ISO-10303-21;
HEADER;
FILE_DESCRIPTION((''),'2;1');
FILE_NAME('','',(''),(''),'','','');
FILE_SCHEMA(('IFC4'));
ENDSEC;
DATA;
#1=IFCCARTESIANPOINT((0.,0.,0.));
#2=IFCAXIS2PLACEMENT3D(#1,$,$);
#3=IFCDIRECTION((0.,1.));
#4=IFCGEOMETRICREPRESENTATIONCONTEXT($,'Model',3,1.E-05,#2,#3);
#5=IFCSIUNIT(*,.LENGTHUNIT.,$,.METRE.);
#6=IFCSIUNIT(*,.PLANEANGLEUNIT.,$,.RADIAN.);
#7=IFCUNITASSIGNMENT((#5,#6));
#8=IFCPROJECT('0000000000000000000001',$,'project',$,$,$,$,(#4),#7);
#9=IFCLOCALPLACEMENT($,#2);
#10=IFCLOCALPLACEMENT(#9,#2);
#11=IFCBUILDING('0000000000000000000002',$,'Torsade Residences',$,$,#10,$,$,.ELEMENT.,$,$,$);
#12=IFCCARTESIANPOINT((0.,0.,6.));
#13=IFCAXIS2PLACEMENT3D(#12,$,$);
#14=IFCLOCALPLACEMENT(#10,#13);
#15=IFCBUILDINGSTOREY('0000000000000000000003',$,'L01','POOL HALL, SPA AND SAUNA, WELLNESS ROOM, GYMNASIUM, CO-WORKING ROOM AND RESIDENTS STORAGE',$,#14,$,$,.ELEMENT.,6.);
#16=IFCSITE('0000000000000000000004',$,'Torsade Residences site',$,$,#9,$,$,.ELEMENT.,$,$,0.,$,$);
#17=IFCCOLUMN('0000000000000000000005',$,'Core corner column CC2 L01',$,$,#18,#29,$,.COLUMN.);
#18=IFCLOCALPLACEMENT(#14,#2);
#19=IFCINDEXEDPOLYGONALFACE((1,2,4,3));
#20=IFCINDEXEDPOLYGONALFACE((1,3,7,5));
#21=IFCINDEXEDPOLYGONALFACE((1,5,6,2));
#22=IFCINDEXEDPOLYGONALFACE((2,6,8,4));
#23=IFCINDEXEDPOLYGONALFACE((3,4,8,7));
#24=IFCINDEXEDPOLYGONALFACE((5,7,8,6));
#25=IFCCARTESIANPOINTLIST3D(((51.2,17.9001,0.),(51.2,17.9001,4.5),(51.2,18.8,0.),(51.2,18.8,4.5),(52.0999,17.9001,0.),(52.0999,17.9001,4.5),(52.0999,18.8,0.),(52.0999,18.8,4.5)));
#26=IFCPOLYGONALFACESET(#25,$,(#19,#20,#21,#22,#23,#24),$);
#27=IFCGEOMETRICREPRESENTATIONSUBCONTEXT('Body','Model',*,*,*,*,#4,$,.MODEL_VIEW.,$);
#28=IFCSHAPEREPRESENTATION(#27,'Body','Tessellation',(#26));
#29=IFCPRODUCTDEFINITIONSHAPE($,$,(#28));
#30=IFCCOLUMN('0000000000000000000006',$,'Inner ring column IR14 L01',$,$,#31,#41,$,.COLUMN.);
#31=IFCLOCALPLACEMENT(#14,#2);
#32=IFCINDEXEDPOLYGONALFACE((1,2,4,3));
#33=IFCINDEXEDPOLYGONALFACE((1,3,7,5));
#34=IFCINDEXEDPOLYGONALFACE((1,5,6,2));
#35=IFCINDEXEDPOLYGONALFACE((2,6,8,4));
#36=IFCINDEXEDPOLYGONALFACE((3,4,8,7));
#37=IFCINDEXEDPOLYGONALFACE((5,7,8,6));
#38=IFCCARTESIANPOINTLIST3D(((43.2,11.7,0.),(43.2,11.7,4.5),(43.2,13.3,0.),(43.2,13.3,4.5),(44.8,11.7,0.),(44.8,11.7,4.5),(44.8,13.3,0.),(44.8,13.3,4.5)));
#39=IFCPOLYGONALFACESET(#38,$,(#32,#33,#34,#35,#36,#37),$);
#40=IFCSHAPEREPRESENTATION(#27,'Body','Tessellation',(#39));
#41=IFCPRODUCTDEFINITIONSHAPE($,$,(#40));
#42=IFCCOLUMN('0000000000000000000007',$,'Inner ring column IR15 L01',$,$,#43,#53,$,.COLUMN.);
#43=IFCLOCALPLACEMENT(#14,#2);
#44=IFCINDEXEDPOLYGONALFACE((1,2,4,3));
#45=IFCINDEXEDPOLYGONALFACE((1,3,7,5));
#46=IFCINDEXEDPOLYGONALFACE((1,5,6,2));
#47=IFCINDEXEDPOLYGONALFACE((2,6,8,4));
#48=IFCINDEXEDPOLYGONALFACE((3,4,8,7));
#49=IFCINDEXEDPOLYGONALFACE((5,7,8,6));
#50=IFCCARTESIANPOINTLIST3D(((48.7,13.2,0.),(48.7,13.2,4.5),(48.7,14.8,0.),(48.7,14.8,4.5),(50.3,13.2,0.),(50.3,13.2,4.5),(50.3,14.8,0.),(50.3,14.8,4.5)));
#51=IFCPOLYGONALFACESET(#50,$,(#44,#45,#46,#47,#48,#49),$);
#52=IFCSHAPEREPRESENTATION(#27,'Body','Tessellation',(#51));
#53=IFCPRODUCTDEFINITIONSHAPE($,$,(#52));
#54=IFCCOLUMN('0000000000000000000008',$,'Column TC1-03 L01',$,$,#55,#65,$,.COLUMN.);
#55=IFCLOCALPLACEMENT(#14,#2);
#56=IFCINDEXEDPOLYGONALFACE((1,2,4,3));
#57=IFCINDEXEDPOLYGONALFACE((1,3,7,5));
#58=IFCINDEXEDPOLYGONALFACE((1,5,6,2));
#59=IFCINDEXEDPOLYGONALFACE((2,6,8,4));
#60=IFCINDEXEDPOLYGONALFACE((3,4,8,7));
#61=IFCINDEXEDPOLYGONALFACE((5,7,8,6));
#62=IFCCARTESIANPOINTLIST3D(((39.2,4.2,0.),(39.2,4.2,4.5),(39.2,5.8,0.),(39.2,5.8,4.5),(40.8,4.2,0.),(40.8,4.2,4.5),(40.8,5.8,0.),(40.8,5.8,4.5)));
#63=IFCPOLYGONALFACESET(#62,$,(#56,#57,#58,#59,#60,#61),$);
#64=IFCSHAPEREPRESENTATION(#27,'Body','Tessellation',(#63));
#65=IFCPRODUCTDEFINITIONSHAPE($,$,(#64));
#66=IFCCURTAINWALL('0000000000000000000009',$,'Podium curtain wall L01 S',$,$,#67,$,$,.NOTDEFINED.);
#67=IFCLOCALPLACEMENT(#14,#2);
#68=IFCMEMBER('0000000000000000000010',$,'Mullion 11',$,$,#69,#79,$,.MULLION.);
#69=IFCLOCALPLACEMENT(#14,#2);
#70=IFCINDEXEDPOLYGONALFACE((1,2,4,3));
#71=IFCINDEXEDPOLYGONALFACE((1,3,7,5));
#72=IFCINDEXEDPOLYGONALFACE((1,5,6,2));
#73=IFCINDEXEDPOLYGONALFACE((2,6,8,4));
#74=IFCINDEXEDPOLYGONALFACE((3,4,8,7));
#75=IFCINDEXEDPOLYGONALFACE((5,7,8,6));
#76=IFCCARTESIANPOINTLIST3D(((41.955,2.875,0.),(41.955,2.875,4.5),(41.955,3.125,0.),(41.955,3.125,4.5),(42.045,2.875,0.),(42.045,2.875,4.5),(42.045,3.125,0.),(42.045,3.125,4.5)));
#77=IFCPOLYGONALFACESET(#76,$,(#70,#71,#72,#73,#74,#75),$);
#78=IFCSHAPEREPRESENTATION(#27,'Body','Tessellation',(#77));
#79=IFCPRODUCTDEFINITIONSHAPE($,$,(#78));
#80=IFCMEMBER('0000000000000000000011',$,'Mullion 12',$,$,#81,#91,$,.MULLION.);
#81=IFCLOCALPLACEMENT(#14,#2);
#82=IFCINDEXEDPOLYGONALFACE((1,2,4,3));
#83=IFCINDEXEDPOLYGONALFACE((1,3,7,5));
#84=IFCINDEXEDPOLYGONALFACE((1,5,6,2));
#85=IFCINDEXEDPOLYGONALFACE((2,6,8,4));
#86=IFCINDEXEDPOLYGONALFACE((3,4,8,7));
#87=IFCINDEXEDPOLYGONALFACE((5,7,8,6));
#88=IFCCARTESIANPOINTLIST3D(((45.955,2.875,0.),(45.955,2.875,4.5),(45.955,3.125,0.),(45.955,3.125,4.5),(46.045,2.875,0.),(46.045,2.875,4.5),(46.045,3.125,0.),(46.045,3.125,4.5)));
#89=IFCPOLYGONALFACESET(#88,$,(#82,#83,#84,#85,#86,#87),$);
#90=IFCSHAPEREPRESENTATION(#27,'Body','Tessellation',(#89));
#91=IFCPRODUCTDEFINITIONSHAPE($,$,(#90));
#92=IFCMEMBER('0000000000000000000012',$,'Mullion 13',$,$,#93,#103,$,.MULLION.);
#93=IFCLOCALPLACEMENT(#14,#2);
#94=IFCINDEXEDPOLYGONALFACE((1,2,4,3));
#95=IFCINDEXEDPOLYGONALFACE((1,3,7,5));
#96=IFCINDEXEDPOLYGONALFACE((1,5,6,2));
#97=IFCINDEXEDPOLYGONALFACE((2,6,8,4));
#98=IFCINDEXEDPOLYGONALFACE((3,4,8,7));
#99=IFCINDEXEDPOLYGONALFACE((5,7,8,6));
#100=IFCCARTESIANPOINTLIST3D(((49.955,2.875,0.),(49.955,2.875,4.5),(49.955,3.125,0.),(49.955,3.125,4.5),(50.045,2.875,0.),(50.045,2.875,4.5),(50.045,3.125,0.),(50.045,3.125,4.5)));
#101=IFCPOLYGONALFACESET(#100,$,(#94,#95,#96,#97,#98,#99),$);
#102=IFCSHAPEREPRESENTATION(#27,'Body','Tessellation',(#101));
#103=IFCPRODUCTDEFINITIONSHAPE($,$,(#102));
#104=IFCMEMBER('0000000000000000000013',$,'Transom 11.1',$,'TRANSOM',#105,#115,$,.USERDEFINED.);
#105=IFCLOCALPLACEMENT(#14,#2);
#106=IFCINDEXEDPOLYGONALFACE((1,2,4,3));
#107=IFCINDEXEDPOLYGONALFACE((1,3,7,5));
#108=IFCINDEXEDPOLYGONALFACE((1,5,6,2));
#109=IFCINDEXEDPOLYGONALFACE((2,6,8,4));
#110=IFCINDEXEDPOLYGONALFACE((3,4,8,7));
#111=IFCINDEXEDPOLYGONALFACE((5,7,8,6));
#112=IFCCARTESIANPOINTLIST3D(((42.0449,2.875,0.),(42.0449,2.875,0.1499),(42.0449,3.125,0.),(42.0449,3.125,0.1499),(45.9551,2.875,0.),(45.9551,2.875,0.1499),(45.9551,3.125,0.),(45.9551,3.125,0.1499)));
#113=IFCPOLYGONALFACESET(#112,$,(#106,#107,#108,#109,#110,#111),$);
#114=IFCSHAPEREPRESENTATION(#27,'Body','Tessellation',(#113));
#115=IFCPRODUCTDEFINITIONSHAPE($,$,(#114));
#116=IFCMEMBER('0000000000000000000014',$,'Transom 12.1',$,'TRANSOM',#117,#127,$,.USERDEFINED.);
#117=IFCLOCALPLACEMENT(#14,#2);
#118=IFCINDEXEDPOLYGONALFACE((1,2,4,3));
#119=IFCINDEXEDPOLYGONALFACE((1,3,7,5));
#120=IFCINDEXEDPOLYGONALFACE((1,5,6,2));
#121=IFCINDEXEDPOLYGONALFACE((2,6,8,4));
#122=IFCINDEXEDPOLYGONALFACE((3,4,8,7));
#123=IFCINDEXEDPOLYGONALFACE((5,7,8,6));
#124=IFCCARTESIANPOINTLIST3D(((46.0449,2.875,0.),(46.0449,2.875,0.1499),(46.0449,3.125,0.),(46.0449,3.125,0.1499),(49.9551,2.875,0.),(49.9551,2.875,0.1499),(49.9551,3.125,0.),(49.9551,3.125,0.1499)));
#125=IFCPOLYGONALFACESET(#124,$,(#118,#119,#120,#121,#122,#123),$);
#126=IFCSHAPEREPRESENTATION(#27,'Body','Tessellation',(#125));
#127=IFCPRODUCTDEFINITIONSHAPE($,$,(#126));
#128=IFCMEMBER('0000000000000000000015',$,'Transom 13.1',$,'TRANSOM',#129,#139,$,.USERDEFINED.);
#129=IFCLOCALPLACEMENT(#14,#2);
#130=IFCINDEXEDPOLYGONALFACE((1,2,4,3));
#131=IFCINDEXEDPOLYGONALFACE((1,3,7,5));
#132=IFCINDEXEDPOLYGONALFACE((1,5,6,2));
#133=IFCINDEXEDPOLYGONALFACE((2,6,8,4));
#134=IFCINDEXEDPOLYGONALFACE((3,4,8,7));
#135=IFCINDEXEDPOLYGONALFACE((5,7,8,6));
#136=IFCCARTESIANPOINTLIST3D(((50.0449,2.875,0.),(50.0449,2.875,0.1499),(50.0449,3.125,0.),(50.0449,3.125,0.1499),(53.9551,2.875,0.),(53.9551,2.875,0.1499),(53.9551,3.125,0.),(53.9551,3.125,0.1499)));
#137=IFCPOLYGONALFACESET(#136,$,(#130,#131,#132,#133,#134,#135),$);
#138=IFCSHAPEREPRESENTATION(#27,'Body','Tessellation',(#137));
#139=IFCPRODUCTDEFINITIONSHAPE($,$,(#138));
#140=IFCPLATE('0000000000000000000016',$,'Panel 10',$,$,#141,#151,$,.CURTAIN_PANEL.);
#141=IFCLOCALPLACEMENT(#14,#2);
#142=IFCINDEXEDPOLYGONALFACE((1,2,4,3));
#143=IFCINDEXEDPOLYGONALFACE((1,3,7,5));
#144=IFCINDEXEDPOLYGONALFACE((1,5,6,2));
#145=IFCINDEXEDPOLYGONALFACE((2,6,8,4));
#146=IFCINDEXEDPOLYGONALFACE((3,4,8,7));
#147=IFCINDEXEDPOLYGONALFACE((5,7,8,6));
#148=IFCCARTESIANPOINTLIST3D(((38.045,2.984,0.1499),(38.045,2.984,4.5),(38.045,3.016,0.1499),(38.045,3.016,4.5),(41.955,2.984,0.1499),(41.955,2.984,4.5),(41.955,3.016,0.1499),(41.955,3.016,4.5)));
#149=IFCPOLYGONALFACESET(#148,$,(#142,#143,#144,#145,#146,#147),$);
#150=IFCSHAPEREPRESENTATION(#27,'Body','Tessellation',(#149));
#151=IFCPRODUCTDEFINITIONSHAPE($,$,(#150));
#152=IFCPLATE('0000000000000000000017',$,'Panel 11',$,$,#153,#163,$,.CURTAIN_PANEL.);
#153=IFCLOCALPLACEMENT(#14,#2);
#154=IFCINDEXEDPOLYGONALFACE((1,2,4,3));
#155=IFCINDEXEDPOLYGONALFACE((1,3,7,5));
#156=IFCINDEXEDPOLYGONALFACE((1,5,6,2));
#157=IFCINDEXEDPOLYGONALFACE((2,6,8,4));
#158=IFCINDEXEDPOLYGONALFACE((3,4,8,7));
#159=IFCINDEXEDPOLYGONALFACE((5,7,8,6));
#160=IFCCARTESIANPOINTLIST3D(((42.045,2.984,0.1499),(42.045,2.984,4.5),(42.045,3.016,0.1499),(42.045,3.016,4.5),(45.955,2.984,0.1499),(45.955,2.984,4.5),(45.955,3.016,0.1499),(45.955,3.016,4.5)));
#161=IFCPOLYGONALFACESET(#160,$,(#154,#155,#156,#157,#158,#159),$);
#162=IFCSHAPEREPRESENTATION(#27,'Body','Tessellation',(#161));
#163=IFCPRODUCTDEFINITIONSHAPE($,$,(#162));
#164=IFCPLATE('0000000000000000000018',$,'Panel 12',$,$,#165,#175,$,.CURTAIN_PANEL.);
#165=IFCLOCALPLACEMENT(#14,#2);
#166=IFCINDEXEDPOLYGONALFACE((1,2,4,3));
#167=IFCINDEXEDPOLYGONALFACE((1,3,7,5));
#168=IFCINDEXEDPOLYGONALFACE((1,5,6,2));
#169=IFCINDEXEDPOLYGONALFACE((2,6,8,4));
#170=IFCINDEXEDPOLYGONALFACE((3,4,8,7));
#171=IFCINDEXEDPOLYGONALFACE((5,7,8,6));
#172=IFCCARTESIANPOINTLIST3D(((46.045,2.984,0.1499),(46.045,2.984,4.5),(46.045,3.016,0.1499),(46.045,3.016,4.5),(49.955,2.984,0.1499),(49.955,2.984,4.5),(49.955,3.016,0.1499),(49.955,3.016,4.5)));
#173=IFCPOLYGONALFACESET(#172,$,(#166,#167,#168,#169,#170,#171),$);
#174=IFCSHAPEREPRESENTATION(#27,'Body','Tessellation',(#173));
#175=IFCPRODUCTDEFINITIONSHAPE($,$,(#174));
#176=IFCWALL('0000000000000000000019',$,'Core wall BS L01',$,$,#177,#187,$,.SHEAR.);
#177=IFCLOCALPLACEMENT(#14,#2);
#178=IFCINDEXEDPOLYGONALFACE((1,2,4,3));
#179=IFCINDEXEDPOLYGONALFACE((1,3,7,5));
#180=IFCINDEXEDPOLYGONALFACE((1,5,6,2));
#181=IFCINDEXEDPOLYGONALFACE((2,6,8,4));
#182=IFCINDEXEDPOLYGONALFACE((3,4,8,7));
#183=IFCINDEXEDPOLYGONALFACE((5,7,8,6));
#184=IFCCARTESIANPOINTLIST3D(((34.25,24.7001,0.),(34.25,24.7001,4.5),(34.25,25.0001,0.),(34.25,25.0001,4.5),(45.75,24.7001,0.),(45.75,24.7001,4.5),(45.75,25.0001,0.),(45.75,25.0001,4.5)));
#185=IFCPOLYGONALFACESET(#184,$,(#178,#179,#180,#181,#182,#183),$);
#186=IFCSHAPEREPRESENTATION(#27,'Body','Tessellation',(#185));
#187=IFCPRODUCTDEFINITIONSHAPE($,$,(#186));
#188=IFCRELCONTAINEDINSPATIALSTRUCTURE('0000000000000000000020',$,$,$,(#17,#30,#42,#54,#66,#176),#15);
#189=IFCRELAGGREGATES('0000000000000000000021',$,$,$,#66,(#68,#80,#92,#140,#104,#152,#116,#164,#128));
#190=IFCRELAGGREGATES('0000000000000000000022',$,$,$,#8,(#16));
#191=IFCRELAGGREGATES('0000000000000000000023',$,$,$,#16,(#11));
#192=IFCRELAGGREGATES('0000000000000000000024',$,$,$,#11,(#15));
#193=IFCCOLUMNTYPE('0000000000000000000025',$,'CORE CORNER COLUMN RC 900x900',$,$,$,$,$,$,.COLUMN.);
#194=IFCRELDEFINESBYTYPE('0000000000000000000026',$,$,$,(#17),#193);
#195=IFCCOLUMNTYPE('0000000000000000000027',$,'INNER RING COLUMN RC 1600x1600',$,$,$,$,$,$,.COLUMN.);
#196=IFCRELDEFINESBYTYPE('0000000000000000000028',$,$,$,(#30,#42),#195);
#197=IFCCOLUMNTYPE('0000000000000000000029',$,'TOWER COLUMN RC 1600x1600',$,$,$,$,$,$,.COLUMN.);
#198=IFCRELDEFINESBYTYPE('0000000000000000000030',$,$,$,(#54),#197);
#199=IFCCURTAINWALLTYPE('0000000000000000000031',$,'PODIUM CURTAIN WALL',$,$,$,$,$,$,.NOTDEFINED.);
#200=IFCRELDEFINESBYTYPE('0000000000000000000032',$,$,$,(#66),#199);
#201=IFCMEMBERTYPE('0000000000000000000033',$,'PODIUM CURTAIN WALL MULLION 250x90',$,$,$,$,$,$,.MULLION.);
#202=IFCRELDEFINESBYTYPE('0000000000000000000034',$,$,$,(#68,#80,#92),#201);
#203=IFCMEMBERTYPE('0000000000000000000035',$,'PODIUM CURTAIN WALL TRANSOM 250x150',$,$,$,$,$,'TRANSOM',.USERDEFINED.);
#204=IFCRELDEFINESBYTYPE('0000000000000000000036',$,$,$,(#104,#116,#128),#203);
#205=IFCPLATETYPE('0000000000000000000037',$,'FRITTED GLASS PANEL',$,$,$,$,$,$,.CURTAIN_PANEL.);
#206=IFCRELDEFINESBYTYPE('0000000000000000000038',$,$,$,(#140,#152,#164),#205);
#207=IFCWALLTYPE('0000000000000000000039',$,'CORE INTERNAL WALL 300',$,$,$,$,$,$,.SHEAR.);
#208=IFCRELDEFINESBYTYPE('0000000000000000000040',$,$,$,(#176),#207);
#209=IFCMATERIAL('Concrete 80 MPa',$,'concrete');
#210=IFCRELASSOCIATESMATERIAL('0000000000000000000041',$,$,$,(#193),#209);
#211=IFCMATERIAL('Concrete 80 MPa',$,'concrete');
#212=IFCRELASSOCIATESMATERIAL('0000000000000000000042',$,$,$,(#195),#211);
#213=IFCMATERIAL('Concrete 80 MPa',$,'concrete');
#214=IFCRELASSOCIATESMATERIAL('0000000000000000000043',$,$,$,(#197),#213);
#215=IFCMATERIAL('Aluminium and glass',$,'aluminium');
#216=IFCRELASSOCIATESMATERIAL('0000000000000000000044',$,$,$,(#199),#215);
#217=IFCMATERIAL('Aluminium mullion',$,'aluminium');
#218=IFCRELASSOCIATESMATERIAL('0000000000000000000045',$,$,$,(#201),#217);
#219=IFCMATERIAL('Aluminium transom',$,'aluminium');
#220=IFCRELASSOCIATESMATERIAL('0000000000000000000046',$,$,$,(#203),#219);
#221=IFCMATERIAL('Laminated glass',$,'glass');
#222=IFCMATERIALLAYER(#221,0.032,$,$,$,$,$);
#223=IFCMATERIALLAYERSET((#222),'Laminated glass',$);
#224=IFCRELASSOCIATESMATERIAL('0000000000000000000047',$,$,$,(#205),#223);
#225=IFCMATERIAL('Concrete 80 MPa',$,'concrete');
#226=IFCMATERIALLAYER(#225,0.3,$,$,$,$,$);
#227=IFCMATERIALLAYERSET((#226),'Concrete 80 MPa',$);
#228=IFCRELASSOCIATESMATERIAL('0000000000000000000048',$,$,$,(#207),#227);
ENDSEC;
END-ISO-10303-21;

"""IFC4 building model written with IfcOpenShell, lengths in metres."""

from ifc_helpers import new_model, si_unit, direction, frame, frame_2d, origin, origin_2d, place, context, subcontext, project, spatial, rectangle, extrude, material, layer, layer_set, material_profile, profile_set, type_object, element, aggregate, save


model = new_model("IFC4")

# Units and contexts
model_context = context("Model", 3, precision=1e-05, world=origin(), true_north=direction((0.0, 1.0)))
body_context = subcontext(model_context, "Body", "Model", "MODEL_VIEW")
ifc_project = project(units=[si_unit("LENGTHUNIT", "METRE"), si_unit("PLANEANGLEUNIT", "RADIAN")], contexts=[model_context])

# Site, building, storey
site_placement = place(None, origin())
site = spatial("IfcSite", under=ifc_project, at=site_placement, Name="Torsade Residences site", CompositionType="ELEMENT", RefElevation=0.0)
building_placement = place(site_placement, origin())
building = spatial("IfcBuilding", under=site, at=building_placement, Name="Torsade Residences", CompositionType="ELEMENT")
storey_placement = place(building_placement, frame((0.0, 0.0, 6.0)))
storey = spatial("IfcBuildingStorey", under=building, at=storey_placement, Name="L01", Description="POOL HALL, SPA AND SAUNA, WELLNESS ROOM, GYMNASIUM, CO-WORKING ROOM AND RESIDENTS STORAGE", CompositionType="ELEMENT", Elevation=6.0)

# Columns
ifc_material_1 = material(Name="Concrete 80 MPa", Category="concrete")
ifc_material_profile_1 = material_profile(ifc_material_1, rectangle(XDim=0.8999, YDim=0.8999, at=origin_2d()), Name="RC 900x900")
ifc_profile_set_1 = profile_set([ifc_material_profile_1], Name="Concrete 80 MPa")
column_type_1 = type_object("IfcColumnType", Name="CORE CORNER COLUMN RC 900x900", PredefinedType="COLUMN", material=ifc_profile_set_1)
column_1_placement = place(storey_placement, frame((51.6499, 18.3501, 0.0), z_axis=(0.0, 0.0, 1.0), x_axis=(1.0, 0.0, 0.0)))
element("IfcColumn", 1, at=column_1_placement, inside=storey, type_object=column_type_1, Name="Core corner column CC2 L01", PredefinedType="COLUMN", context=body_context, shape_type="SweptSolid", body=[
    extrude(rectangle(XDim=0.8999, YDim=0.8999, at=origin_2d()), origin(), (0.0, 0.0, 1.0), 4.5),
])
ifc_material_2 = material(Name="Concrete 80 MPa", Category="concrete")
ifc_material_profile_2 = material_profile(ifc_material_2, rectangle(XDim=1.6001, YDim=1.6001, at=origin_2d()), Name="RC 1600x1600")
ifc_profile_set_2 = profile_set([ifc_material_profile_2], Name="Concrete 80 MPa")
column_type_2 = type_object("IfcColumnType", Name="INNER RING COLUMN RC 1600x1600", PredefinedType="COLUMN", material=ifc_profile_set_2)
for number, where, z_axis, x_axis, name in (
    (2, (44.0, 12.5, 0.0), (0.0, 0.0, 1.0), (1.0, 0.0, 0.0), "Inner ring column IR14 L01"),
    (3, (49.5, 14.0, 0.0), (0.0, 0.0, 1.0), (1.0, 0.0, 0.0), "Inner ring column IR15 L01"),
):
    element("IfcColumn", number, at=place(storey_placement, frame(where, z_axis=z_axis, x_axis=x_axis)), inside=storey, type_object=column_type_2, Name=name, PredefinedType="COLUMN", context=body_context, shape_type="SweptSolid", body=[
        extrude(rectangle(XDim=1.6001, YDim=1.6001, at=origin_2d()), origin(), (0.0, 0.0, 1.0), 4.5),
    ])
ifc_material_3 = material(Name="Concrete 80 MPa", Category="concrete")
ifc_material_profile_3 = material_profile(ifc_material_3, rectangle(XDim=1.6001, YDim=1.6001, at=origin_2d()), Name="RC 1600x1600")
ifc_profile_set_3 = profile_set([ifc_material_profile_3], Name="Concrete 80 MPa")
column_type_3 = type_object("IfcColumnType", Name="TOWER COLUMN RC 1600x1600", PredefinedType="COLUMN", material=ifc_profile_set_3)
column_2_placement = place(storey_placement, frame((40.0, 5.0, 0.0), z_axis=(0.0, 0.0, 1.0), x_axis=(1.0, 0.0, 0.0)))
element("IfcColumn", 4, at=column_2_placement, inside=storey, type_object=column_type_3, Name="Column TC1-03 L01", PredefinedType="COLUMN", context=body_context, shape_type="SweptSolid", body=[
    extrude(rectangle(XDim=1.6001, YDim=1.6001, at=origin_2d()), origin(), (0.0, 0.0, 1.0), 4.5),
])

# Curtain wall, members, plates
ifc_material_4 = material(Name="Aluminium and glass", Category="aluminium")
curtain_wall_type = type_object("IfcCurtainWallType", Name="PODIUM CURTAIN WALL", PredefinedType="NOTDEFINED", material=ifc_material_4)
curtain_wall_placement = place(storey_placement, origin())
curtain_wall = element("IfcCurtainWall", 5, at=curtain_wall_placement, inside=storey, type_object=curtain_wall_type, Name="Podium curtain wall L01 S", PredefinedType="NOTDEFINED")
ifc_material_5 = material(Name="Aluminium mullion", Category="aluminium")
ifc_material_profile_4 = material_profile(ifc_material_5, rectangle(XDim=0.25, YDim=0.0901, at=origin_2d()), Name="PODIUM CURTAIN WALL MULLION 250x90")
ifc_profile_set_4 = profile_set([ifc_material_profile_4], Name="Aluminium mullion")
member_type_1 = type_object("IfcMemberType", Name="PODIUM CURTAIN WALL MULLION 250x90", PredefinedType="MULLION", material=ifc_profile_set_4)
member_1_placement = place(storey_placement, frame((42.0, 3.0, 0.0), z_axis=(0.0, 0.0, 1.0), x_axis=(0.0, 1.0, 0.0)))
member_1 = element("IfcMember", 6, at=member_1_placement, type_object=member_type_1, Name="Mullion 11", PredefinedType="MULLION", context=body_context, shape_type="SweptSolid", body=[
    extrude(rectangle(XDim=0.25, YDim=0.0901, at=origin_2d()), origin(), (0.0, 0.0, 1.0), 4.5),
])
member_2_placement = place(storey_placement, frame((46.0, 3.0, 0.0), z_axis=(0.0, 0.0, 1.0), x_axis=(0.0, 1.0, 0.0)))
member_2 = element("IfcMember", 7, at=member_2_placement, type_object=member_type_1, Name="Mullion 12", PredefinedType="MULLION", context=body_context, shape_type="SweptSolid", body=[
    extrude(rectangle(XDim=0.25, YDim=0.0901, at=origin_2d()), origin(), (0.0, 0.0, 1.0), 4.5),
])
member_3_placement = place(storey_placement, frame((50.0, 3.0, 0.0), z_axis=(0.0, 0.0, 1.0), x_axis=(0.0, 1.0, 0.0)))
member_3 = element("IfcMember", 8, at=member_3_placement, type_object=member_type_1, Name="Mullion 13", PredefinedType="MULLION", context=body_context, shape_type="SweptSolid", body=[
    extrude(rectangle(XDim=0.25, YDim=0.0901, at=origin_2d()), origin(), (0.0, 0.0, 1.0), 4.5),
])
ifc_material_6 = material(Name="Aluminium transom", Category="aluminium")
ifc_material_profile_5 = material_profile(ifc_material_6, rectangle(XDim=0.25, YDim=0.1499, at=origin_2d()), Name="PODIUM CURTAIN WALL TRANSOM 250x150")
ifc_profile_set_5 = profile_set([ifc_material_profile_5], Name="Aluminium transom")
member_type_2 = type_object("IfcMemberType", Name="PODIUM CURTAIN WALL TRANSOM 250x150", ElementType="TRANSOM", PredefinedType="USERDEFINED", material=ifc_profile_set_5)
member_4_placement = place(storey_placement, frame((42.0449, 3.0, 0.075), z_axis=(1.0, 0.0, 0.0), x_axis=(0.0, 1.0, 0.0)))
member_4 = element("IfcMember", 9, at=member_4_placement, type_object=member_type_2, Name="Transom 11.1", ObjectType="TRANSOM", PredefinedType="USERDEFINED", context=body_context, shape_type="SweptSolid", body=[
    extrude(rectangle(XDim=0.25, YDim=0.1499, at=origin_2d()), origin(), (0.0, 0.0, 1.0), 3.9102),
])
member_5_placement = place(storey_placement, frame((46.0449, 3.0, 0.075), z_axis=(1.0, 0.0, 0.0), x_axis=(0.0, 1.0, 0.0)))
member_5 = element("IfcMember", 10, at=member_5_placement, type_object=member_type_2, Name="Transom 12.1", ObjectType="TRANSOM", PredefinedType="USERDEFINED", context=body_context, shape_type="SweptSolid", body=[
    extrude(rectangle(XDim=0.25, YDim=0.1499, at=origin_2d()), origin(), (0.0, 0.0, 1.0), 3.9102),
])
member_6_placement = place(storey_placement, frame((50.0449, 3.0, 0.075), z_axis=(1.0, 0.0, 0.0), x_axis=(0.0, 1.0, 0.0)))
member_6 = element("IfcMember", 11, at=member_6_placement, type_object=member_type_2, Name="Transom 13.1", ObjectType="TRANSOM", PredefinedType="USERDEFINED", context=body_context, shape_type="SweptSolid", body=[
    extrude(rectangle(XDim=0.25, YDim=0.1499, at=origin_2d()), origin(), (0.0, 0.0, 1.0), 3.9102),
])
ifc_material_7 = material(Name="Laminated glass", Category="glass")
ifc_layer_1 = layer(ifc_material_7, 0.032)
ifc_layer_set_1 = layer_set([ifc_layer_1], Name="Laminated glass")
plate_type = type_object("IfcPlateType", Name="FRITTED GLASS PANEL", PredefinedType="CURTAIN_PANEL", material=ifc_layer_set_1)
plate_1_placement = place(storey_placement, frame((40.0, 3.0, 0.1499), z_axis=(0.0, 0.0, 1.0), x_axis=(1.0, 0.0, 0.0)))
plate_1 = element("IfcPlate", 12, at=plate_1_placement, type_object=plate_type, Name="Panel 10", PredefinedType="CURTAIN_PANEL", context=body_context, shape_type="SweptSolid", body=[
    extrude(rectangle(XDim=3.9099, YDim=0.032, at=origin_2d()), origin(), (0.0, 0.0, 1.0), 4.3501),
])
plate_2_placement = place(storey_placement, frame((44.0, 3.0, 0.1499), z_axis=(0.0, 0.0, 1.0), x_axis=(1.0, 0.0, 0.0)))
plate_2 = element("IfcPlate", 13, at=plate_2_placement, type_object=plate_type, Name="Panel 11", PredefinedType="CURTAIN_PANEL", context=body_context, shape_type="SweptSolid", body=[
    extrude(rectangle(XDim=3.9099, YDim=0.032, at=origin_2d()), origin(), (0.0, 0.0, 1.0), 4.3501),
])
plate_3_placement = place(storey_placement, frame((48.0, 3.0, 0.1499), z_axis=(0.0, 0.0, 1.0), x_axis=(1.0, 0.0, 0.0)))
plate_3 = element("IfcPlate", 14, at=plate_3_placement, type_object=plate_type, Name="Panel 12", PredefinedType="CURTAIN_PANEL", context=body_context, shape_type="SweptSolid", body=[
    extrude(rectangle(XDim=3.9099, YDim=0.032, at=origin_2d()), origin(), (0.0, 0.0, 1.0), 4.3501),
])
aggregate(curtain_wall, [member_1, member_2, member_3, plate_1, member_4, plate_2, member_5, plate_3, member_6])

# Wall
ifc_material_8 = material(Name="Concrete 80 MPa", Category="concrete")
ifc_layer_2 = layer(ifc_material_8, 0.3)
ifc_layer_set_2 = layer_set([ifc_layer_2], Name="Concrete 80 MPa")
wall_type_1 = type_object("IfcWallType", Name="CORE INTERNAL WALL 300", PredefinedType="SHEAR", material=ifc_layer_set_2)
wall_1_placement = place(storey_placement, frame((45.75, 24.8501, 0.0), z_axis=(0.0, 0.0, 1.0), x_axis=(-1.0, 0.0, 0.0)))
element("IfcWall", 15, at=wall_1_placement, inside=storey, type_object=wall_type_1, Name="Core wall BS L01", PredefinedType="SHEAR", context=body_context, shape_type="SweptSolid", body=[
    extrude(rectangle(XDim=11.5, YDim=0.3, at=frame_2d((5.75, 0.0))), origin(), (0.0, 0.0, 1.0), 4.5),
])

save(model, "model.ifc")
